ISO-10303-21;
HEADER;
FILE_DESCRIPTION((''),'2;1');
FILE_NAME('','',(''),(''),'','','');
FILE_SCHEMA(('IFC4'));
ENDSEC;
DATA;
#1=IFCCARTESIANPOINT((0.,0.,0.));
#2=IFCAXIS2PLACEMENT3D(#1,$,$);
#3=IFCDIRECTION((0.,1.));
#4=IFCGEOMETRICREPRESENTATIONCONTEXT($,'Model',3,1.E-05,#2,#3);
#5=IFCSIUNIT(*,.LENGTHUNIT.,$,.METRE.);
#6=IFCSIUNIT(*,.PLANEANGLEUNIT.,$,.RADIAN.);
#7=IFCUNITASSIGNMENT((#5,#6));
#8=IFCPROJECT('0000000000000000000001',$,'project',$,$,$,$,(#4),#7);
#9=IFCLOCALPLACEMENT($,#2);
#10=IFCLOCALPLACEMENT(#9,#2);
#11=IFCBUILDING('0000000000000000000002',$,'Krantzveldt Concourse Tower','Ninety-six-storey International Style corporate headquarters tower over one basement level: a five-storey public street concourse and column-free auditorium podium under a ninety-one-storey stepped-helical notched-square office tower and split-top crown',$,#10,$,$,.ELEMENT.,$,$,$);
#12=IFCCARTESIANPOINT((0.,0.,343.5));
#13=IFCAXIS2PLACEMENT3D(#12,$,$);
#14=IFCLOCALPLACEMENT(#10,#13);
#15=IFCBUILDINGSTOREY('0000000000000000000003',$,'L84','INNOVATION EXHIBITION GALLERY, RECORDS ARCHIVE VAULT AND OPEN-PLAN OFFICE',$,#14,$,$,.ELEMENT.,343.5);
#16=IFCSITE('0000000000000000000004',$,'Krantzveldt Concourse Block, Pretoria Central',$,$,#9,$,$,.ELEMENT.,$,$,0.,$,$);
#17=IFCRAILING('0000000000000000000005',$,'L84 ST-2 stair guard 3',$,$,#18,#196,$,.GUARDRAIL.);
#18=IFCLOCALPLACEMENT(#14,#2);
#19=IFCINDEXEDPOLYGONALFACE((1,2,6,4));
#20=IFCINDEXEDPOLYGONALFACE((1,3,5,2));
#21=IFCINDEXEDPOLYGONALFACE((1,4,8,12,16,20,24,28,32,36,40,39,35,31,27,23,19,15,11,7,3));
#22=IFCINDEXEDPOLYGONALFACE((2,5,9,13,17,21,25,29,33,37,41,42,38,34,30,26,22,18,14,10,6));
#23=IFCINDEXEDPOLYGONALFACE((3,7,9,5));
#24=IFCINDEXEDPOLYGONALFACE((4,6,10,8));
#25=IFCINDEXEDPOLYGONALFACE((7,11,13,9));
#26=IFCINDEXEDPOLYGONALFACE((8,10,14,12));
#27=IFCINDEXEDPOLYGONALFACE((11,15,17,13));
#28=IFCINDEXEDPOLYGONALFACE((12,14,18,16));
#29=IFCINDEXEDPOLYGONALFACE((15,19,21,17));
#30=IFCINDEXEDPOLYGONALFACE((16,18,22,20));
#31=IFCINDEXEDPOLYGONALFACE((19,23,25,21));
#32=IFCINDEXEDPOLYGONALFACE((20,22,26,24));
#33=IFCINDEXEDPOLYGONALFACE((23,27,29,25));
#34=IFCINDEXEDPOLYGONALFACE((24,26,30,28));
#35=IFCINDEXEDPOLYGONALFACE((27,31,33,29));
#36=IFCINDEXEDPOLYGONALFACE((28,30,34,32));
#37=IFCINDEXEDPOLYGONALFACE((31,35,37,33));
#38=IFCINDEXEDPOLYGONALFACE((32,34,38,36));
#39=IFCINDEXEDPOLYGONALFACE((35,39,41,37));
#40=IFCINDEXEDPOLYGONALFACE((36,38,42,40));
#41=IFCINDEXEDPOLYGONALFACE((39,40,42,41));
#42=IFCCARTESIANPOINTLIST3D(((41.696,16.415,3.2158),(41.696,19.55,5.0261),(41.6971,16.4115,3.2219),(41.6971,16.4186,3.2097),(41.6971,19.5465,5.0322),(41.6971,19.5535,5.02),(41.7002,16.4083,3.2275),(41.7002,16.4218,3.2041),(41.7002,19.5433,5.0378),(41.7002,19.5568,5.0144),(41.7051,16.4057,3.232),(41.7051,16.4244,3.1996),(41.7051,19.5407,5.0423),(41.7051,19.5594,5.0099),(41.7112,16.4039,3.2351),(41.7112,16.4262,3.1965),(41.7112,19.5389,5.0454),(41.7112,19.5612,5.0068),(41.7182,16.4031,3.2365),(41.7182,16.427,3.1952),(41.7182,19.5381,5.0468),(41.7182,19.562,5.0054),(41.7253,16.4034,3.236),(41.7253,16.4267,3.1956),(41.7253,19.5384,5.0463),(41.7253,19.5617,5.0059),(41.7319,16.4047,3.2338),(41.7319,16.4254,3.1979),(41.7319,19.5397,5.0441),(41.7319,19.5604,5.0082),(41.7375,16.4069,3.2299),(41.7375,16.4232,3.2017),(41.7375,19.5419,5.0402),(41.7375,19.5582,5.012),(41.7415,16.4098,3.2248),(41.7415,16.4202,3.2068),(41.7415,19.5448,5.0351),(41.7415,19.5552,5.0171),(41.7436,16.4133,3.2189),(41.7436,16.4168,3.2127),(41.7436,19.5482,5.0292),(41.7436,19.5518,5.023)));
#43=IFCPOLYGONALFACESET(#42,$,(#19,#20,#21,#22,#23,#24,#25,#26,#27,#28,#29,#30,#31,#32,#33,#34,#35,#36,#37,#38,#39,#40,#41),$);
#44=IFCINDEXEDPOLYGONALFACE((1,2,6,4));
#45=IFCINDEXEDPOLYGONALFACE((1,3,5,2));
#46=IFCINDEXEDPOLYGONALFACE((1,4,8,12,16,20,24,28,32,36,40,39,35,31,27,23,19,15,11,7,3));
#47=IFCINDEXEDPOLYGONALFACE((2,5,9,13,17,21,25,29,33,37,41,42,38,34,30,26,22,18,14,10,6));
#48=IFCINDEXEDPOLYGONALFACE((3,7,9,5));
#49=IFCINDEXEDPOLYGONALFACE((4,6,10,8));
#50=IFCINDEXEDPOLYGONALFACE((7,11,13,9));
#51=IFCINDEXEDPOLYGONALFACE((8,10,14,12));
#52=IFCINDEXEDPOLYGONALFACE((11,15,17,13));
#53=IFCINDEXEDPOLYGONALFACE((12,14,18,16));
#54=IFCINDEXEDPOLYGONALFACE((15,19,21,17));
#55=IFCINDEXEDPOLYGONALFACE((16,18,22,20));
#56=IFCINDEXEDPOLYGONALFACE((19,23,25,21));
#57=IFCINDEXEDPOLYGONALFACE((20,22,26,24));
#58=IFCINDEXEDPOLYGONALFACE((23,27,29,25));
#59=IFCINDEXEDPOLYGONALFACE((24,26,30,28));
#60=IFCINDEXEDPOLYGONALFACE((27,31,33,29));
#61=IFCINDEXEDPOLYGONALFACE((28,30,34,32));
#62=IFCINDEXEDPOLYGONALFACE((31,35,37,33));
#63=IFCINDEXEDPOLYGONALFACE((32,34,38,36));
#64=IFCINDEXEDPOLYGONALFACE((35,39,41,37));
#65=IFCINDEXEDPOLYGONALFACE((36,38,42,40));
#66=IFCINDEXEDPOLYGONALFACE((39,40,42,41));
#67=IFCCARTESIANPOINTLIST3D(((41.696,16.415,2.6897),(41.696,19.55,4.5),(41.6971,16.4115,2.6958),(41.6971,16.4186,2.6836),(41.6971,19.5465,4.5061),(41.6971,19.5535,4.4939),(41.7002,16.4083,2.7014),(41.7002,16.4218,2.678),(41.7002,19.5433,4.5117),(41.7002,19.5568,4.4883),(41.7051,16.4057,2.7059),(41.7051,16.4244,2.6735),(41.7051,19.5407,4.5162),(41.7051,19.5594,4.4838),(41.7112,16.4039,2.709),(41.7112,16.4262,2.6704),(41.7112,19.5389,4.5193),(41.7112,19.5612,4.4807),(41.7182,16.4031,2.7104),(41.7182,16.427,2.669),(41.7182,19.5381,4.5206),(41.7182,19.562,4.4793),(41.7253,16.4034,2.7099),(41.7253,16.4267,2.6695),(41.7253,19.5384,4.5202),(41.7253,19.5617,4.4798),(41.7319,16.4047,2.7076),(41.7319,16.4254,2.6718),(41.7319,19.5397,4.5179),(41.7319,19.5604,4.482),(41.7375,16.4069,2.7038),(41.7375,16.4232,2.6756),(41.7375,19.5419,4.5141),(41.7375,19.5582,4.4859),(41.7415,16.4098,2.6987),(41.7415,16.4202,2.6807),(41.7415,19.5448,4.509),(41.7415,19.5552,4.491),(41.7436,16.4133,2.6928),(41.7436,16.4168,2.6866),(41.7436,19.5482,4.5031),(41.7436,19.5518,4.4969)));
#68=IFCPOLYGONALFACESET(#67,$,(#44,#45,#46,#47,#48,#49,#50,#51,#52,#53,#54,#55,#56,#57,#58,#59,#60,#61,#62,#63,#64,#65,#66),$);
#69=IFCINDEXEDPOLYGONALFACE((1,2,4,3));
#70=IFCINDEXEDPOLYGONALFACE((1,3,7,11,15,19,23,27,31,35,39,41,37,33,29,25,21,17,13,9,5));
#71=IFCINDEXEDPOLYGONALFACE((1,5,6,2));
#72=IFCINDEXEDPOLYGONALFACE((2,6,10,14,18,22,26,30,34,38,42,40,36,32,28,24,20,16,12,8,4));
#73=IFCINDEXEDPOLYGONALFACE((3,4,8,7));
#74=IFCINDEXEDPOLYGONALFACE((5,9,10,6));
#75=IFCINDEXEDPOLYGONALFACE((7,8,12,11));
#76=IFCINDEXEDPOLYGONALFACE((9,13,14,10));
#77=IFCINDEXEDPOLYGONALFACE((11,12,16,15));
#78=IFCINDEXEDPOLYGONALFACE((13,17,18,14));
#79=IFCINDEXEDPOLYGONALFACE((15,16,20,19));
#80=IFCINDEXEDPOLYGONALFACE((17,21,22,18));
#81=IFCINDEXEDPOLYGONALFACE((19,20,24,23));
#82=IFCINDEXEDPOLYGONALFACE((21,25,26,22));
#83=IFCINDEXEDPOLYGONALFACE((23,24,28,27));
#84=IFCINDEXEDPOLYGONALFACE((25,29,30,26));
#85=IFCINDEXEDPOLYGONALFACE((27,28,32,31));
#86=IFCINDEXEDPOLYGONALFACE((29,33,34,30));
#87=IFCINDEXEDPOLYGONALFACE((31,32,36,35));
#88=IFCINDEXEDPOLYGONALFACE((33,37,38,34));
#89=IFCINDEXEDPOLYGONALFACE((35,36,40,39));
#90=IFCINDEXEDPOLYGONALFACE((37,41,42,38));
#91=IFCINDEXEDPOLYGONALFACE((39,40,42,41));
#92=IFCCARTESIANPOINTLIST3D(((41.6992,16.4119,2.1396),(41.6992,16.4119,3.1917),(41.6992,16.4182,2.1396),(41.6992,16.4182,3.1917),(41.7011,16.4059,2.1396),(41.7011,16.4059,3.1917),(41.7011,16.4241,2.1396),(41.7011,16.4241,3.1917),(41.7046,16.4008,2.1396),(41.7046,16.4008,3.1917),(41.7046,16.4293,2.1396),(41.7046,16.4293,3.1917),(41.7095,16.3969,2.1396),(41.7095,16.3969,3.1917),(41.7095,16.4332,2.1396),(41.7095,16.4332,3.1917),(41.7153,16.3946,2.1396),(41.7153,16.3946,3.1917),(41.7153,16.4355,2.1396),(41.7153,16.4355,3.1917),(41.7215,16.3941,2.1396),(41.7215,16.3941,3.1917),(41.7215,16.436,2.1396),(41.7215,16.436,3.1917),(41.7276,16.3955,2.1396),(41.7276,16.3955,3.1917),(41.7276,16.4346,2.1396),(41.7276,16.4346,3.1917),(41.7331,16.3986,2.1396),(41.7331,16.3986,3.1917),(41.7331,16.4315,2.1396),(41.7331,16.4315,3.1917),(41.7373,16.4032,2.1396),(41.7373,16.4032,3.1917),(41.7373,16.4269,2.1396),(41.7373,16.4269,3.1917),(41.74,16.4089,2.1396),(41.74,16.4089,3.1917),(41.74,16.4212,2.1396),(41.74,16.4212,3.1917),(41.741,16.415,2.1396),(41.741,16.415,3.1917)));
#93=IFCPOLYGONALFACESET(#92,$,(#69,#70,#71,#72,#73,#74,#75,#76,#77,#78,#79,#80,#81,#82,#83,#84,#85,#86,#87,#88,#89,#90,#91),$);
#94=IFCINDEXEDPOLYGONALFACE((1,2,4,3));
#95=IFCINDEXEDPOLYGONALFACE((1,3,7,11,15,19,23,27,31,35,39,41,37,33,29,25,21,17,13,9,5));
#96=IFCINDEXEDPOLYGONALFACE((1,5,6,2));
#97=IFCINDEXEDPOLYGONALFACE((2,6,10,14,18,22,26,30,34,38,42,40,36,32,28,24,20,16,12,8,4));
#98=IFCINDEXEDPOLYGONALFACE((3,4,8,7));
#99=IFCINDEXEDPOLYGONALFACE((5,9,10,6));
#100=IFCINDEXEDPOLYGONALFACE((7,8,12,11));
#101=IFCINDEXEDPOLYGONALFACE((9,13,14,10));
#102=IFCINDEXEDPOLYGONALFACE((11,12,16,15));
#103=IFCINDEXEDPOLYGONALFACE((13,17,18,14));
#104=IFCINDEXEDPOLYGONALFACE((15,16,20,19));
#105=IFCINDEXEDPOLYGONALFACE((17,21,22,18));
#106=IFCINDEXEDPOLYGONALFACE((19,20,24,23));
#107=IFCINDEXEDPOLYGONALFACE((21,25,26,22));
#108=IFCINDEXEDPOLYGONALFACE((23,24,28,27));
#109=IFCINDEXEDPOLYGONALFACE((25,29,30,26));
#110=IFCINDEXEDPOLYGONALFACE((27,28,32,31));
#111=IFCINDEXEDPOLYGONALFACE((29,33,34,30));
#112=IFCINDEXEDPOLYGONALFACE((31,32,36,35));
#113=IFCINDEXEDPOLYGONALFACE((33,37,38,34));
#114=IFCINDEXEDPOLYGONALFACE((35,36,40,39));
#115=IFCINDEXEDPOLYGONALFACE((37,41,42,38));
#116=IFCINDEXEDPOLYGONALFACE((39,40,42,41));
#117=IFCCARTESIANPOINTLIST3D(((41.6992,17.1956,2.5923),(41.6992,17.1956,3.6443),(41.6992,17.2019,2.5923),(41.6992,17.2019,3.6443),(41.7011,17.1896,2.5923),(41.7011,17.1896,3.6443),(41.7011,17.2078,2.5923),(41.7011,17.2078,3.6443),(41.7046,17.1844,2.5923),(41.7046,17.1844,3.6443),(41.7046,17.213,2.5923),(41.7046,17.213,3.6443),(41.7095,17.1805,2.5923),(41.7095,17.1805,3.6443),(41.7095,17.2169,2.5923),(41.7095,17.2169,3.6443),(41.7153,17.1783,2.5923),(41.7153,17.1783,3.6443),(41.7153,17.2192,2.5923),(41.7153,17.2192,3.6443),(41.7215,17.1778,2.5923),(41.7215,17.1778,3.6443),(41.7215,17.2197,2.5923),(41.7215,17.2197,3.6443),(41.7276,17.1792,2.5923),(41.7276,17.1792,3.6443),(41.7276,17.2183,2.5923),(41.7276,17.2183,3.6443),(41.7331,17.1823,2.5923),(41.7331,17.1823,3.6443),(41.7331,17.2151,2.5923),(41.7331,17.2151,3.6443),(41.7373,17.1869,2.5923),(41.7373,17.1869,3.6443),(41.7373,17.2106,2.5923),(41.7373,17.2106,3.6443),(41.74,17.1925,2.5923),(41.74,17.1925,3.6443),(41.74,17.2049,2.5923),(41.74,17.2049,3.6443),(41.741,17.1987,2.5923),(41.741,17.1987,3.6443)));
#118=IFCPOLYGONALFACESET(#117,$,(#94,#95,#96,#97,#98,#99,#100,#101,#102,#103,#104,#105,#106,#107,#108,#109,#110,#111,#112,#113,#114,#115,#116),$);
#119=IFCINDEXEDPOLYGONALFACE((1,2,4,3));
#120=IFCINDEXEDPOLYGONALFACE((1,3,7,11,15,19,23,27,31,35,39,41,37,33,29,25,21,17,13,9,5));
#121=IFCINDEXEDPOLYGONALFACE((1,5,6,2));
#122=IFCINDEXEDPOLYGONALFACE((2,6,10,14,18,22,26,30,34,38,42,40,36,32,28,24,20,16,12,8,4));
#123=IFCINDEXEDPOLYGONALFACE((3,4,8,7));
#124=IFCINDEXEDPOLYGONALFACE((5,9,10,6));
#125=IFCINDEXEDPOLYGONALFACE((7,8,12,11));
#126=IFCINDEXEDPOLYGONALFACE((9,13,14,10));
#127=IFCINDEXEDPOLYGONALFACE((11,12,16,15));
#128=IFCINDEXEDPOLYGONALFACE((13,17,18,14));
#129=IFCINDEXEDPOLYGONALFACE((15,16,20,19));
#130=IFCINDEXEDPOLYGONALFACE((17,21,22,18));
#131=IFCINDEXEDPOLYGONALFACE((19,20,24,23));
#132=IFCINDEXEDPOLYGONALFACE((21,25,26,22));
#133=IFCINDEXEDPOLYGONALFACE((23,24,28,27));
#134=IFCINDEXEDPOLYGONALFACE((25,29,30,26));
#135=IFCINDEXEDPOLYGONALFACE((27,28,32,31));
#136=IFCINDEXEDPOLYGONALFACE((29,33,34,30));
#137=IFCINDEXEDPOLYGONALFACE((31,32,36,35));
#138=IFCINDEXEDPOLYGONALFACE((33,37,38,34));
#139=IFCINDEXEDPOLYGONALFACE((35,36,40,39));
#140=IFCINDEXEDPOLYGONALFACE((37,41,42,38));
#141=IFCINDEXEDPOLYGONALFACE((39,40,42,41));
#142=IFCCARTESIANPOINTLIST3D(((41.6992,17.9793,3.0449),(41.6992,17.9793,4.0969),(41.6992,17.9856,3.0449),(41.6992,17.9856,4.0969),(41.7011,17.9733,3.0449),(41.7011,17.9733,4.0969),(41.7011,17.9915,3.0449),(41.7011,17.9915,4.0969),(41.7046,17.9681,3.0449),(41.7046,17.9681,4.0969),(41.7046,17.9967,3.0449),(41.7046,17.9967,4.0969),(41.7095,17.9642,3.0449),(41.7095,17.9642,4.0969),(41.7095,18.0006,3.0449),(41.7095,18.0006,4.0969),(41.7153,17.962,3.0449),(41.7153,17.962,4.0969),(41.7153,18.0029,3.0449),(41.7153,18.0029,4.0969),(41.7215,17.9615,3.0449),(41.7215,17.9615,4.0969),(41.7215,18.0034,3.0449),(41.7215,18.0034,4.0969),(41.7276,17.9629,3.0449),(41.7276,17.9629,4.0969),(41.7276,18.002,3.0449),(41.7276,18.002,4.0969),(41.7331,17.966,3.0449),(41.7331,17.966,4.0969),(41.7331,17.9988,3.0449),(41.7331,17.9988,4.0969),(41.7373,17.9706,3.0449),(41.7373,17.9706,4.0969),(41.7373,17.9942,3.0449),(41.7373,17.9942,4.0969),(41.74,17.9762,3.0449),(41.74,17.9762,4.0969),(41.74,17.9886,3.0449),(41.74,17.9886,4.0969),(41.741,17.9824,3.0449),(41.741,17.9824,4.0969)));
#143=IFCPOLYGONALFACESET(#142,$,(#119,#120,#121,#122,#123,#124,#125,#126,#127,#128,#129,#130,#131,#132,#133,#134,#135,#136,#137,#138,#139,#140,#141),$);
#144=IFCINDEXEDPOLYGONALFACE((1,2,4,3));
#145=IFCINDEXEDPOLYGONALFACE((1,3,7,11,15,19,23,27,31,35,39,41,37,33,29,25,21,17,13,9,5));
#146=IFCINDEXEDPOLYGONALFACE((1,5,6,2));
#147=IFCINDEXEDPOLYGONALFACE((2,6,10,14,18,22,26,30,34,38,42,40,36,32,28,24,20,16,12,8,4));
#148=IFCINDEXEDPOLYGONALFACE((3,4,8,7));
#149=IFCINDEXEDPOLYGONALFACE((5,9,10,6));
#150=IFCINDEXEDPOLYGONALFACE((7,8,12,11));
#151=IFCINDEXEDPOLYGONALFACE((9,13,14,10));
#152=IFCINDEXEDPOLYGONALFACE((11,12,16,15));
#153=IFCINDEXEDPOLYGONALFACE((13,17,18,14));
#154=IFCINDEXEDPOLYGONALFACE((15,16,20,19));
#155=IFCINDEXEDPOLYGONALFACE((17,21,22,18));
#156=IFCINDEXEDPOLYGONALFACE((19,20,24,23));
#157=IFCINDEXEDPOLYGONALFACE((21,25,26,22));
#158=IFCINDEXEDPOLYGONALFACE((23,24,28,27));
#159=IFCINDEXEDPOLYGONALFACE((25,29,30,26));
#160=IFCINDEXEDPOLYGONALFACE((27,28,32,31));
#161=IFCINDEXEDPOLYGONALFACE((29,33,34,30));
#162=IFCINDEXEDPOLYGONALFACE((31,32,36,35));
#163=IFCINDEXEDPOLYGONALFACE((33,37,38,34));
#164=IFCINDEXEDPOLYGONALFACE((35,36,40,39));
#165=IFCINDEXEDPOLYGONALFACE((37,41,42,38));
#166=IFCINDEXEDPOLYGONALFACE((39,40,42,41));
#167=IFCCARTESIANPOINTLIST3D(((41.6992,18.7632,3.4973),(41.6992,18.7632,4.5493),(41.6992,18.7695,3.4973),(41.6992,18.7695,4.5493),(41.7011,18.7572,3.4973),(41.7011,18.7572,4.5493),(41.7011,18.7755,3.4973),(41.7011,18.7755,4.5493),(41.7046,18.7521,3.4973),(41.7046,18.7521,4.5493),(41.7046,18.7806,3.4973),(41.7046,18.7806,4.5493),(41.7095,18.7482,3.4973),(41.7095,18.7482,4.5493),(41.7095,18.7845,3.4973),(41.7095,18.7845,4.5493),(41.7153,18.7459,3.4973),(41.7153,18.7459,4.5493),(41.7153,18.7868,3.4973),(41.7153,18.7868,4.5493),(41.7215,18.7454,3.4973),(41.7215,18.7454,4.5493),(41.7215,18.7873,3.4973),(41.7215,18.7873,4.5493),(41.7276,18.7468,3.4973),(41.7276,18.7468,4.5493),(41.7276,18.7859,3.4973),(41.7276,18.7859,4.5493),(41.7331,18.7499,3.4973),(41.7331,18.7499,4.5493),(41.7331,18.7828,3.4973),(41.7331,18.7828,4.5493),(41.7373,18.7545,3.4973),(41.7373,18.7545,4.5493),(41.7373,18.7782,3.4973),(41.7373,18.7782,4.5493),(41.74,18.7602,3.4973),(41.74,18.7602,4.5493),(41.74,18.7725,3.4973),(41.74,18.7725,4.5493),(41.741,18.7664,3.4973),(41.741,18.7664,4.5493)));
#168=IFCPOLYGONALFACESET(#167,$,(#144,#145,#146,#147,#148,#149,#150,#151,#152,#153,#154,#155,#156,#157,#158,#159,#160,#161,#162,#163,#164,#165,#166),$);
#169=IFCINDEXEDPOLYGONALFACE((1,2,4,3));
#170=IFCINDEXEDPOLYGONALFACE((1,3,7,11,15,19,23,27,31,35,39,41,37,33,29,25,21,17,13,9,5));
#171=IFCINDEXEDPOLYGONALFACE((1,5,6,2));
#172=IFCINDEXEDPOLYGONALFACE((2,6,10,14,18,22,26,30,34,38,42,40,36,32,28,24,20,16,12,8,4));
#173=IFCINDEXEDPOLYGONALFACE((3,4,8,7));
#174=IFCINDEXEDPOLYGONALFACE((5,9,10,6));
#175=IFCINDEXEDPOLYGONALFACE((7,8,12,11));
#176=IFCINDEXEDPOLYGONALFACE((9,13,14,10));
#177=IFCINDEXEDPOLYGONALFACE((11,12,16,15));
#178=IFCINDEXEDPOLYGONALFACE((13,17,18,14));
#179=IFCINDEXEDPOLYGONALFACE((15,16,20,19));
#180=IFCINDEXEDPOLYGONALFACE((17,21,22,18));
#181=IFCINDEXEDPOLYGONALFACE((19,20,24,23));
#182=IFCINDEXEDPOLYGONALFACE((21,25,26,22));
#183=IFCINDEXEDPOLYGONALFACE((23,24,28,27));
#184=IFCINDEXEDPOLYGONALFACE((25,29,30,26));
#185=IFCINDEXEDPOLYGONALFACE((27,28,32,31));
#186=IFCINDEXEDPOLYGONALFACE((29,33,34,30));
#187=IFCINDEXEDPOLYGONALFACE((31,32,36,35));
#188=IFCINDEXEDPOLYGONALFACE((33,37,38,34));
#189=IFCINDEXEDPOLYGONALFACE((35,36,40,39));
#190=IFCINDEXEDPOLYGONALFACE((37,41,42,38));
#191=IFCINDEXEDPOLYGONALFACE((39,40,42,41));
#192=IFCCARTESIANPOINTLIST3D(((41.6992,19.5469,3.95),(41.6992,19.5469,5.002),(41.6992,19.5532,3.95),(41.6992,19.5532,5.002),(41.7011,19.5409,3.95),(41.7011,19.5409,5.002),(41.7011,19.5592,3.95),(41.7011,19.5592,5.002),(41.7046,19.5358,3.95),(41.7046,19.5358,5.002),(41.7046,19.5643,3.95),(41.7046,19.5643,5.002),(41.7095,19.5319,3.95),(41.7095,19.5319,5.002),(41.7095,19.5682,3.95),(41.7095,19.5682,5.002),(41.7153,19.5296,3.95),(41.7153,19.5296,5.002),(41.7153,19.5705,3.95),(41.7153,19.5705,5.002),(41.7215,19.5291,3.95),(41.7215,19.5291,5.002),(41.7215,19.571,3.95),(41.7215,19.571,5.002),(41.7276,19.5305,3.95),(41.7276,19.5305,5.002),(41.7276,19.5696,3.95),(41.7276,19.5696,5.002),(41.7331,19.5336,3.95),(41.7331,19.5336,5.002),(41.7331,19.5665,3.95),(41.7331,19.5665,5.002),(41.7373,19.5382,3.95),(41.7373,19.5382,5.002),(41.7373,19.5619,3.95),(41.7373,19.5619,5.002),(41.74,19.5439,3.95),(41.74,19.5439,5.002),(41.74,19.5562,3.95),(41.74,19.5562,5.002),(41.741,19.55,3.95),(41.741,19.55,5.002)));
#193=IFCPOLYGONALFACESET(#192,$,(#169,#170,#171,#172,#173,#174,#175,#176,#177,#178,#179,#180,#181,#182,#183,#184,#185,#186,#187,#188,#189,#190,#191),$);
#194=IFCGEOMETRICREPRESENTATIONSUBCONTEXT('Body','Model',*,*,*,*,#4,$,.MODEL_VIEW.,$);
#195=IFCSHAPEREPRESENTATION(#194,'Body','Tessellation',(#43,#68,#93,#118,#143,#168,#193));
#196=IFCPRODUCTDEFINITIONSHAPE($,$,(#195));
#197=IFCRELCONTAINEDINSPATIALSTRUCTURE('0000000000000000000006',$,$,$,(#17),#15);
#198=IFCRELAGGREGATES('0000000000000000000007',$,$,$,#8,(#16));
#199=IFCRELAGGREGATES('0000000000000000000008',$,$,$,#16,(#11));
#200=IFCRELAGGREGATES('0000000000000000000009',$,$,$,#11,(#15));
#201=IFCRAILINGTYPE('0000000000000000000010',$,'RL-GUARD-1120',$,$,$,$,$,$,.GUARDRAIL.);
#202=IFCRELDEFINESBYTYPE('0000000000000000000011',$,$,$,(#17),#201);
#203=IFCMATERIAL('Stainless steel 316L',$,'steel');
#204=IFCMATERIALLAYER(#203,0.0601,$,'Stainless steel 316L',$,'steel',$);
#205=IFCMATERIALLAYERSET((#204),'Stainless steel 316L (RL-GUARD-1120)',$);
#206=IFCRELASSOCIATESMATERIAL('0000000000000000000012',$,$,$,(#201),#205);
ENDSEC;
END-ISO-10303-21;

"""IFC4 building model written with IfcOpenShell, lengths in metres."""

from ifc_helpers import new_model, si_unit, direction, frame, origin, origin_2d, place, context, subcontext, project, spatial, circle, extrude, material, layer, layer_set, type_object, element, save


model = new_model("IFC4")

# Units and contexts
model_context = context("Model", 3, precision=1e-05, world=origin(), true_north=direction((0.0, 1.0)))
body_context = subcontext(model_context, "Body", "Model", "MODEL_VIEW")
ifc_project = project(units=[si_unit("LENGTHUNIT", "METRE"), si_unit("PLANEANGLEUNIT", "RADIAN")], contexts=[model_context])

# Site, building, storey
site_placement = place(None, origin())
site = spatial("IfcSite", under=ifc_project, at=site_placement, Name="Krantzveldt Concourse Block, Pretoria Central", CompositionType="ELEMENT", RefElevation=0.0)
building_placement = place(site_placement, origin())
building = spatial("IfcBuilding", under=site, at=building_placement, Name="Krantzveldt Concourse Tower", Description="Ninety-six-storey International Style corporate headquarters tower over one basement level: a five-storey public street concourse and column-free auditorium podium under a ninety-one-storey stepped-helical notched-square office tower and split-top crown", CompositionType="ELEMENT")
storey_placement = place(building_placement, frame((0.0, 0.0, 343.5)))
storey = spatial("IfcBuildingStorey", under=building, at=storey_placement, Name="L84", Description="INNOVATION EXHIBITION GALLERY, RECORDS ARCHIVE VAULT AND OPEN-PLAN OFFICE", CompositionType="ELEMENT", Elevation=343.5)

# Shared definitions
ifc_material_1 = material(Name="Stainless steel 316L", Category="steel")

# Railing
ifc_layer_1 = layer(ifc_material_1, 0.0601, Name="Stainless steel 316L", Category="steel")
ifc_layer_set_1 = layer_set([ifc_layer_1], Name="Stainless steel 316L (RL-GUARD-1120)")
railing_type_1 = type_object("IfcRailingType", Name="RL-GUARD-1120", PredefinedType="GUARDRAIL", material=ifc_layer_set_1)
railing_1_placement = place(storey_placement, frame((41.72, 16.415, 2.1396)))
element("IfcRailing", 1, at=railing_1_placement, inside=storey, type_object=railing_type_1, Name="L84 ST-2 stair guard 3", PredefinedType="GUARDRAIL", context=body_context, shape_type="SweptSolid", body=[
    extrude(circle(Radius=0.0239, at=origin_2d()), frame((0.0, 0.0, 1.0762), z_axis=(0.0, 0.865989, 0.500063), x_axis=(-1.0, 0.0, 0.0)), (0.0, 0.0, 1.0), 3.6201),
    extrude(circle(Radius=0.0239, at=origin_2d()), frame((0.0, 0.0, 0.55), z_axis=(0.0, 0.865989, 0.500063), x_axis=(-1.0, 0.0, 0.0)), (0.0, 0.0, 1.0), 3.6201),
    extrude(circle(Radius=0.021, at=origin_2d()), origin(), (0.0, 0.0, 1.0), 1.052),
    extrude(circle(Radius=0.021, at=origin_2d()), frame((0.0, 0.7837, 0.4526)), (0.0, 0.0, 1.0), 1.052),
    extrude(circle(Radius=0.021, at=origin_2d()), frame((0.0, 1.5674, 0.9053)), (0.0, 0.0, 1.0), 1.052),
    extrude(circle(Radius=0.021, at=origin_2d()), frame((0.0, 2.3513, 1.3577)), (0.0, 0.0, 1.0), 1.052),
    extrude(circle(Radius=0.021, at=origin_2d()), frame((0.0, 3.135, 1.8103)), (0.0, 0.0, 1.0), 1.052),
])

save(model, "model.ifc")
